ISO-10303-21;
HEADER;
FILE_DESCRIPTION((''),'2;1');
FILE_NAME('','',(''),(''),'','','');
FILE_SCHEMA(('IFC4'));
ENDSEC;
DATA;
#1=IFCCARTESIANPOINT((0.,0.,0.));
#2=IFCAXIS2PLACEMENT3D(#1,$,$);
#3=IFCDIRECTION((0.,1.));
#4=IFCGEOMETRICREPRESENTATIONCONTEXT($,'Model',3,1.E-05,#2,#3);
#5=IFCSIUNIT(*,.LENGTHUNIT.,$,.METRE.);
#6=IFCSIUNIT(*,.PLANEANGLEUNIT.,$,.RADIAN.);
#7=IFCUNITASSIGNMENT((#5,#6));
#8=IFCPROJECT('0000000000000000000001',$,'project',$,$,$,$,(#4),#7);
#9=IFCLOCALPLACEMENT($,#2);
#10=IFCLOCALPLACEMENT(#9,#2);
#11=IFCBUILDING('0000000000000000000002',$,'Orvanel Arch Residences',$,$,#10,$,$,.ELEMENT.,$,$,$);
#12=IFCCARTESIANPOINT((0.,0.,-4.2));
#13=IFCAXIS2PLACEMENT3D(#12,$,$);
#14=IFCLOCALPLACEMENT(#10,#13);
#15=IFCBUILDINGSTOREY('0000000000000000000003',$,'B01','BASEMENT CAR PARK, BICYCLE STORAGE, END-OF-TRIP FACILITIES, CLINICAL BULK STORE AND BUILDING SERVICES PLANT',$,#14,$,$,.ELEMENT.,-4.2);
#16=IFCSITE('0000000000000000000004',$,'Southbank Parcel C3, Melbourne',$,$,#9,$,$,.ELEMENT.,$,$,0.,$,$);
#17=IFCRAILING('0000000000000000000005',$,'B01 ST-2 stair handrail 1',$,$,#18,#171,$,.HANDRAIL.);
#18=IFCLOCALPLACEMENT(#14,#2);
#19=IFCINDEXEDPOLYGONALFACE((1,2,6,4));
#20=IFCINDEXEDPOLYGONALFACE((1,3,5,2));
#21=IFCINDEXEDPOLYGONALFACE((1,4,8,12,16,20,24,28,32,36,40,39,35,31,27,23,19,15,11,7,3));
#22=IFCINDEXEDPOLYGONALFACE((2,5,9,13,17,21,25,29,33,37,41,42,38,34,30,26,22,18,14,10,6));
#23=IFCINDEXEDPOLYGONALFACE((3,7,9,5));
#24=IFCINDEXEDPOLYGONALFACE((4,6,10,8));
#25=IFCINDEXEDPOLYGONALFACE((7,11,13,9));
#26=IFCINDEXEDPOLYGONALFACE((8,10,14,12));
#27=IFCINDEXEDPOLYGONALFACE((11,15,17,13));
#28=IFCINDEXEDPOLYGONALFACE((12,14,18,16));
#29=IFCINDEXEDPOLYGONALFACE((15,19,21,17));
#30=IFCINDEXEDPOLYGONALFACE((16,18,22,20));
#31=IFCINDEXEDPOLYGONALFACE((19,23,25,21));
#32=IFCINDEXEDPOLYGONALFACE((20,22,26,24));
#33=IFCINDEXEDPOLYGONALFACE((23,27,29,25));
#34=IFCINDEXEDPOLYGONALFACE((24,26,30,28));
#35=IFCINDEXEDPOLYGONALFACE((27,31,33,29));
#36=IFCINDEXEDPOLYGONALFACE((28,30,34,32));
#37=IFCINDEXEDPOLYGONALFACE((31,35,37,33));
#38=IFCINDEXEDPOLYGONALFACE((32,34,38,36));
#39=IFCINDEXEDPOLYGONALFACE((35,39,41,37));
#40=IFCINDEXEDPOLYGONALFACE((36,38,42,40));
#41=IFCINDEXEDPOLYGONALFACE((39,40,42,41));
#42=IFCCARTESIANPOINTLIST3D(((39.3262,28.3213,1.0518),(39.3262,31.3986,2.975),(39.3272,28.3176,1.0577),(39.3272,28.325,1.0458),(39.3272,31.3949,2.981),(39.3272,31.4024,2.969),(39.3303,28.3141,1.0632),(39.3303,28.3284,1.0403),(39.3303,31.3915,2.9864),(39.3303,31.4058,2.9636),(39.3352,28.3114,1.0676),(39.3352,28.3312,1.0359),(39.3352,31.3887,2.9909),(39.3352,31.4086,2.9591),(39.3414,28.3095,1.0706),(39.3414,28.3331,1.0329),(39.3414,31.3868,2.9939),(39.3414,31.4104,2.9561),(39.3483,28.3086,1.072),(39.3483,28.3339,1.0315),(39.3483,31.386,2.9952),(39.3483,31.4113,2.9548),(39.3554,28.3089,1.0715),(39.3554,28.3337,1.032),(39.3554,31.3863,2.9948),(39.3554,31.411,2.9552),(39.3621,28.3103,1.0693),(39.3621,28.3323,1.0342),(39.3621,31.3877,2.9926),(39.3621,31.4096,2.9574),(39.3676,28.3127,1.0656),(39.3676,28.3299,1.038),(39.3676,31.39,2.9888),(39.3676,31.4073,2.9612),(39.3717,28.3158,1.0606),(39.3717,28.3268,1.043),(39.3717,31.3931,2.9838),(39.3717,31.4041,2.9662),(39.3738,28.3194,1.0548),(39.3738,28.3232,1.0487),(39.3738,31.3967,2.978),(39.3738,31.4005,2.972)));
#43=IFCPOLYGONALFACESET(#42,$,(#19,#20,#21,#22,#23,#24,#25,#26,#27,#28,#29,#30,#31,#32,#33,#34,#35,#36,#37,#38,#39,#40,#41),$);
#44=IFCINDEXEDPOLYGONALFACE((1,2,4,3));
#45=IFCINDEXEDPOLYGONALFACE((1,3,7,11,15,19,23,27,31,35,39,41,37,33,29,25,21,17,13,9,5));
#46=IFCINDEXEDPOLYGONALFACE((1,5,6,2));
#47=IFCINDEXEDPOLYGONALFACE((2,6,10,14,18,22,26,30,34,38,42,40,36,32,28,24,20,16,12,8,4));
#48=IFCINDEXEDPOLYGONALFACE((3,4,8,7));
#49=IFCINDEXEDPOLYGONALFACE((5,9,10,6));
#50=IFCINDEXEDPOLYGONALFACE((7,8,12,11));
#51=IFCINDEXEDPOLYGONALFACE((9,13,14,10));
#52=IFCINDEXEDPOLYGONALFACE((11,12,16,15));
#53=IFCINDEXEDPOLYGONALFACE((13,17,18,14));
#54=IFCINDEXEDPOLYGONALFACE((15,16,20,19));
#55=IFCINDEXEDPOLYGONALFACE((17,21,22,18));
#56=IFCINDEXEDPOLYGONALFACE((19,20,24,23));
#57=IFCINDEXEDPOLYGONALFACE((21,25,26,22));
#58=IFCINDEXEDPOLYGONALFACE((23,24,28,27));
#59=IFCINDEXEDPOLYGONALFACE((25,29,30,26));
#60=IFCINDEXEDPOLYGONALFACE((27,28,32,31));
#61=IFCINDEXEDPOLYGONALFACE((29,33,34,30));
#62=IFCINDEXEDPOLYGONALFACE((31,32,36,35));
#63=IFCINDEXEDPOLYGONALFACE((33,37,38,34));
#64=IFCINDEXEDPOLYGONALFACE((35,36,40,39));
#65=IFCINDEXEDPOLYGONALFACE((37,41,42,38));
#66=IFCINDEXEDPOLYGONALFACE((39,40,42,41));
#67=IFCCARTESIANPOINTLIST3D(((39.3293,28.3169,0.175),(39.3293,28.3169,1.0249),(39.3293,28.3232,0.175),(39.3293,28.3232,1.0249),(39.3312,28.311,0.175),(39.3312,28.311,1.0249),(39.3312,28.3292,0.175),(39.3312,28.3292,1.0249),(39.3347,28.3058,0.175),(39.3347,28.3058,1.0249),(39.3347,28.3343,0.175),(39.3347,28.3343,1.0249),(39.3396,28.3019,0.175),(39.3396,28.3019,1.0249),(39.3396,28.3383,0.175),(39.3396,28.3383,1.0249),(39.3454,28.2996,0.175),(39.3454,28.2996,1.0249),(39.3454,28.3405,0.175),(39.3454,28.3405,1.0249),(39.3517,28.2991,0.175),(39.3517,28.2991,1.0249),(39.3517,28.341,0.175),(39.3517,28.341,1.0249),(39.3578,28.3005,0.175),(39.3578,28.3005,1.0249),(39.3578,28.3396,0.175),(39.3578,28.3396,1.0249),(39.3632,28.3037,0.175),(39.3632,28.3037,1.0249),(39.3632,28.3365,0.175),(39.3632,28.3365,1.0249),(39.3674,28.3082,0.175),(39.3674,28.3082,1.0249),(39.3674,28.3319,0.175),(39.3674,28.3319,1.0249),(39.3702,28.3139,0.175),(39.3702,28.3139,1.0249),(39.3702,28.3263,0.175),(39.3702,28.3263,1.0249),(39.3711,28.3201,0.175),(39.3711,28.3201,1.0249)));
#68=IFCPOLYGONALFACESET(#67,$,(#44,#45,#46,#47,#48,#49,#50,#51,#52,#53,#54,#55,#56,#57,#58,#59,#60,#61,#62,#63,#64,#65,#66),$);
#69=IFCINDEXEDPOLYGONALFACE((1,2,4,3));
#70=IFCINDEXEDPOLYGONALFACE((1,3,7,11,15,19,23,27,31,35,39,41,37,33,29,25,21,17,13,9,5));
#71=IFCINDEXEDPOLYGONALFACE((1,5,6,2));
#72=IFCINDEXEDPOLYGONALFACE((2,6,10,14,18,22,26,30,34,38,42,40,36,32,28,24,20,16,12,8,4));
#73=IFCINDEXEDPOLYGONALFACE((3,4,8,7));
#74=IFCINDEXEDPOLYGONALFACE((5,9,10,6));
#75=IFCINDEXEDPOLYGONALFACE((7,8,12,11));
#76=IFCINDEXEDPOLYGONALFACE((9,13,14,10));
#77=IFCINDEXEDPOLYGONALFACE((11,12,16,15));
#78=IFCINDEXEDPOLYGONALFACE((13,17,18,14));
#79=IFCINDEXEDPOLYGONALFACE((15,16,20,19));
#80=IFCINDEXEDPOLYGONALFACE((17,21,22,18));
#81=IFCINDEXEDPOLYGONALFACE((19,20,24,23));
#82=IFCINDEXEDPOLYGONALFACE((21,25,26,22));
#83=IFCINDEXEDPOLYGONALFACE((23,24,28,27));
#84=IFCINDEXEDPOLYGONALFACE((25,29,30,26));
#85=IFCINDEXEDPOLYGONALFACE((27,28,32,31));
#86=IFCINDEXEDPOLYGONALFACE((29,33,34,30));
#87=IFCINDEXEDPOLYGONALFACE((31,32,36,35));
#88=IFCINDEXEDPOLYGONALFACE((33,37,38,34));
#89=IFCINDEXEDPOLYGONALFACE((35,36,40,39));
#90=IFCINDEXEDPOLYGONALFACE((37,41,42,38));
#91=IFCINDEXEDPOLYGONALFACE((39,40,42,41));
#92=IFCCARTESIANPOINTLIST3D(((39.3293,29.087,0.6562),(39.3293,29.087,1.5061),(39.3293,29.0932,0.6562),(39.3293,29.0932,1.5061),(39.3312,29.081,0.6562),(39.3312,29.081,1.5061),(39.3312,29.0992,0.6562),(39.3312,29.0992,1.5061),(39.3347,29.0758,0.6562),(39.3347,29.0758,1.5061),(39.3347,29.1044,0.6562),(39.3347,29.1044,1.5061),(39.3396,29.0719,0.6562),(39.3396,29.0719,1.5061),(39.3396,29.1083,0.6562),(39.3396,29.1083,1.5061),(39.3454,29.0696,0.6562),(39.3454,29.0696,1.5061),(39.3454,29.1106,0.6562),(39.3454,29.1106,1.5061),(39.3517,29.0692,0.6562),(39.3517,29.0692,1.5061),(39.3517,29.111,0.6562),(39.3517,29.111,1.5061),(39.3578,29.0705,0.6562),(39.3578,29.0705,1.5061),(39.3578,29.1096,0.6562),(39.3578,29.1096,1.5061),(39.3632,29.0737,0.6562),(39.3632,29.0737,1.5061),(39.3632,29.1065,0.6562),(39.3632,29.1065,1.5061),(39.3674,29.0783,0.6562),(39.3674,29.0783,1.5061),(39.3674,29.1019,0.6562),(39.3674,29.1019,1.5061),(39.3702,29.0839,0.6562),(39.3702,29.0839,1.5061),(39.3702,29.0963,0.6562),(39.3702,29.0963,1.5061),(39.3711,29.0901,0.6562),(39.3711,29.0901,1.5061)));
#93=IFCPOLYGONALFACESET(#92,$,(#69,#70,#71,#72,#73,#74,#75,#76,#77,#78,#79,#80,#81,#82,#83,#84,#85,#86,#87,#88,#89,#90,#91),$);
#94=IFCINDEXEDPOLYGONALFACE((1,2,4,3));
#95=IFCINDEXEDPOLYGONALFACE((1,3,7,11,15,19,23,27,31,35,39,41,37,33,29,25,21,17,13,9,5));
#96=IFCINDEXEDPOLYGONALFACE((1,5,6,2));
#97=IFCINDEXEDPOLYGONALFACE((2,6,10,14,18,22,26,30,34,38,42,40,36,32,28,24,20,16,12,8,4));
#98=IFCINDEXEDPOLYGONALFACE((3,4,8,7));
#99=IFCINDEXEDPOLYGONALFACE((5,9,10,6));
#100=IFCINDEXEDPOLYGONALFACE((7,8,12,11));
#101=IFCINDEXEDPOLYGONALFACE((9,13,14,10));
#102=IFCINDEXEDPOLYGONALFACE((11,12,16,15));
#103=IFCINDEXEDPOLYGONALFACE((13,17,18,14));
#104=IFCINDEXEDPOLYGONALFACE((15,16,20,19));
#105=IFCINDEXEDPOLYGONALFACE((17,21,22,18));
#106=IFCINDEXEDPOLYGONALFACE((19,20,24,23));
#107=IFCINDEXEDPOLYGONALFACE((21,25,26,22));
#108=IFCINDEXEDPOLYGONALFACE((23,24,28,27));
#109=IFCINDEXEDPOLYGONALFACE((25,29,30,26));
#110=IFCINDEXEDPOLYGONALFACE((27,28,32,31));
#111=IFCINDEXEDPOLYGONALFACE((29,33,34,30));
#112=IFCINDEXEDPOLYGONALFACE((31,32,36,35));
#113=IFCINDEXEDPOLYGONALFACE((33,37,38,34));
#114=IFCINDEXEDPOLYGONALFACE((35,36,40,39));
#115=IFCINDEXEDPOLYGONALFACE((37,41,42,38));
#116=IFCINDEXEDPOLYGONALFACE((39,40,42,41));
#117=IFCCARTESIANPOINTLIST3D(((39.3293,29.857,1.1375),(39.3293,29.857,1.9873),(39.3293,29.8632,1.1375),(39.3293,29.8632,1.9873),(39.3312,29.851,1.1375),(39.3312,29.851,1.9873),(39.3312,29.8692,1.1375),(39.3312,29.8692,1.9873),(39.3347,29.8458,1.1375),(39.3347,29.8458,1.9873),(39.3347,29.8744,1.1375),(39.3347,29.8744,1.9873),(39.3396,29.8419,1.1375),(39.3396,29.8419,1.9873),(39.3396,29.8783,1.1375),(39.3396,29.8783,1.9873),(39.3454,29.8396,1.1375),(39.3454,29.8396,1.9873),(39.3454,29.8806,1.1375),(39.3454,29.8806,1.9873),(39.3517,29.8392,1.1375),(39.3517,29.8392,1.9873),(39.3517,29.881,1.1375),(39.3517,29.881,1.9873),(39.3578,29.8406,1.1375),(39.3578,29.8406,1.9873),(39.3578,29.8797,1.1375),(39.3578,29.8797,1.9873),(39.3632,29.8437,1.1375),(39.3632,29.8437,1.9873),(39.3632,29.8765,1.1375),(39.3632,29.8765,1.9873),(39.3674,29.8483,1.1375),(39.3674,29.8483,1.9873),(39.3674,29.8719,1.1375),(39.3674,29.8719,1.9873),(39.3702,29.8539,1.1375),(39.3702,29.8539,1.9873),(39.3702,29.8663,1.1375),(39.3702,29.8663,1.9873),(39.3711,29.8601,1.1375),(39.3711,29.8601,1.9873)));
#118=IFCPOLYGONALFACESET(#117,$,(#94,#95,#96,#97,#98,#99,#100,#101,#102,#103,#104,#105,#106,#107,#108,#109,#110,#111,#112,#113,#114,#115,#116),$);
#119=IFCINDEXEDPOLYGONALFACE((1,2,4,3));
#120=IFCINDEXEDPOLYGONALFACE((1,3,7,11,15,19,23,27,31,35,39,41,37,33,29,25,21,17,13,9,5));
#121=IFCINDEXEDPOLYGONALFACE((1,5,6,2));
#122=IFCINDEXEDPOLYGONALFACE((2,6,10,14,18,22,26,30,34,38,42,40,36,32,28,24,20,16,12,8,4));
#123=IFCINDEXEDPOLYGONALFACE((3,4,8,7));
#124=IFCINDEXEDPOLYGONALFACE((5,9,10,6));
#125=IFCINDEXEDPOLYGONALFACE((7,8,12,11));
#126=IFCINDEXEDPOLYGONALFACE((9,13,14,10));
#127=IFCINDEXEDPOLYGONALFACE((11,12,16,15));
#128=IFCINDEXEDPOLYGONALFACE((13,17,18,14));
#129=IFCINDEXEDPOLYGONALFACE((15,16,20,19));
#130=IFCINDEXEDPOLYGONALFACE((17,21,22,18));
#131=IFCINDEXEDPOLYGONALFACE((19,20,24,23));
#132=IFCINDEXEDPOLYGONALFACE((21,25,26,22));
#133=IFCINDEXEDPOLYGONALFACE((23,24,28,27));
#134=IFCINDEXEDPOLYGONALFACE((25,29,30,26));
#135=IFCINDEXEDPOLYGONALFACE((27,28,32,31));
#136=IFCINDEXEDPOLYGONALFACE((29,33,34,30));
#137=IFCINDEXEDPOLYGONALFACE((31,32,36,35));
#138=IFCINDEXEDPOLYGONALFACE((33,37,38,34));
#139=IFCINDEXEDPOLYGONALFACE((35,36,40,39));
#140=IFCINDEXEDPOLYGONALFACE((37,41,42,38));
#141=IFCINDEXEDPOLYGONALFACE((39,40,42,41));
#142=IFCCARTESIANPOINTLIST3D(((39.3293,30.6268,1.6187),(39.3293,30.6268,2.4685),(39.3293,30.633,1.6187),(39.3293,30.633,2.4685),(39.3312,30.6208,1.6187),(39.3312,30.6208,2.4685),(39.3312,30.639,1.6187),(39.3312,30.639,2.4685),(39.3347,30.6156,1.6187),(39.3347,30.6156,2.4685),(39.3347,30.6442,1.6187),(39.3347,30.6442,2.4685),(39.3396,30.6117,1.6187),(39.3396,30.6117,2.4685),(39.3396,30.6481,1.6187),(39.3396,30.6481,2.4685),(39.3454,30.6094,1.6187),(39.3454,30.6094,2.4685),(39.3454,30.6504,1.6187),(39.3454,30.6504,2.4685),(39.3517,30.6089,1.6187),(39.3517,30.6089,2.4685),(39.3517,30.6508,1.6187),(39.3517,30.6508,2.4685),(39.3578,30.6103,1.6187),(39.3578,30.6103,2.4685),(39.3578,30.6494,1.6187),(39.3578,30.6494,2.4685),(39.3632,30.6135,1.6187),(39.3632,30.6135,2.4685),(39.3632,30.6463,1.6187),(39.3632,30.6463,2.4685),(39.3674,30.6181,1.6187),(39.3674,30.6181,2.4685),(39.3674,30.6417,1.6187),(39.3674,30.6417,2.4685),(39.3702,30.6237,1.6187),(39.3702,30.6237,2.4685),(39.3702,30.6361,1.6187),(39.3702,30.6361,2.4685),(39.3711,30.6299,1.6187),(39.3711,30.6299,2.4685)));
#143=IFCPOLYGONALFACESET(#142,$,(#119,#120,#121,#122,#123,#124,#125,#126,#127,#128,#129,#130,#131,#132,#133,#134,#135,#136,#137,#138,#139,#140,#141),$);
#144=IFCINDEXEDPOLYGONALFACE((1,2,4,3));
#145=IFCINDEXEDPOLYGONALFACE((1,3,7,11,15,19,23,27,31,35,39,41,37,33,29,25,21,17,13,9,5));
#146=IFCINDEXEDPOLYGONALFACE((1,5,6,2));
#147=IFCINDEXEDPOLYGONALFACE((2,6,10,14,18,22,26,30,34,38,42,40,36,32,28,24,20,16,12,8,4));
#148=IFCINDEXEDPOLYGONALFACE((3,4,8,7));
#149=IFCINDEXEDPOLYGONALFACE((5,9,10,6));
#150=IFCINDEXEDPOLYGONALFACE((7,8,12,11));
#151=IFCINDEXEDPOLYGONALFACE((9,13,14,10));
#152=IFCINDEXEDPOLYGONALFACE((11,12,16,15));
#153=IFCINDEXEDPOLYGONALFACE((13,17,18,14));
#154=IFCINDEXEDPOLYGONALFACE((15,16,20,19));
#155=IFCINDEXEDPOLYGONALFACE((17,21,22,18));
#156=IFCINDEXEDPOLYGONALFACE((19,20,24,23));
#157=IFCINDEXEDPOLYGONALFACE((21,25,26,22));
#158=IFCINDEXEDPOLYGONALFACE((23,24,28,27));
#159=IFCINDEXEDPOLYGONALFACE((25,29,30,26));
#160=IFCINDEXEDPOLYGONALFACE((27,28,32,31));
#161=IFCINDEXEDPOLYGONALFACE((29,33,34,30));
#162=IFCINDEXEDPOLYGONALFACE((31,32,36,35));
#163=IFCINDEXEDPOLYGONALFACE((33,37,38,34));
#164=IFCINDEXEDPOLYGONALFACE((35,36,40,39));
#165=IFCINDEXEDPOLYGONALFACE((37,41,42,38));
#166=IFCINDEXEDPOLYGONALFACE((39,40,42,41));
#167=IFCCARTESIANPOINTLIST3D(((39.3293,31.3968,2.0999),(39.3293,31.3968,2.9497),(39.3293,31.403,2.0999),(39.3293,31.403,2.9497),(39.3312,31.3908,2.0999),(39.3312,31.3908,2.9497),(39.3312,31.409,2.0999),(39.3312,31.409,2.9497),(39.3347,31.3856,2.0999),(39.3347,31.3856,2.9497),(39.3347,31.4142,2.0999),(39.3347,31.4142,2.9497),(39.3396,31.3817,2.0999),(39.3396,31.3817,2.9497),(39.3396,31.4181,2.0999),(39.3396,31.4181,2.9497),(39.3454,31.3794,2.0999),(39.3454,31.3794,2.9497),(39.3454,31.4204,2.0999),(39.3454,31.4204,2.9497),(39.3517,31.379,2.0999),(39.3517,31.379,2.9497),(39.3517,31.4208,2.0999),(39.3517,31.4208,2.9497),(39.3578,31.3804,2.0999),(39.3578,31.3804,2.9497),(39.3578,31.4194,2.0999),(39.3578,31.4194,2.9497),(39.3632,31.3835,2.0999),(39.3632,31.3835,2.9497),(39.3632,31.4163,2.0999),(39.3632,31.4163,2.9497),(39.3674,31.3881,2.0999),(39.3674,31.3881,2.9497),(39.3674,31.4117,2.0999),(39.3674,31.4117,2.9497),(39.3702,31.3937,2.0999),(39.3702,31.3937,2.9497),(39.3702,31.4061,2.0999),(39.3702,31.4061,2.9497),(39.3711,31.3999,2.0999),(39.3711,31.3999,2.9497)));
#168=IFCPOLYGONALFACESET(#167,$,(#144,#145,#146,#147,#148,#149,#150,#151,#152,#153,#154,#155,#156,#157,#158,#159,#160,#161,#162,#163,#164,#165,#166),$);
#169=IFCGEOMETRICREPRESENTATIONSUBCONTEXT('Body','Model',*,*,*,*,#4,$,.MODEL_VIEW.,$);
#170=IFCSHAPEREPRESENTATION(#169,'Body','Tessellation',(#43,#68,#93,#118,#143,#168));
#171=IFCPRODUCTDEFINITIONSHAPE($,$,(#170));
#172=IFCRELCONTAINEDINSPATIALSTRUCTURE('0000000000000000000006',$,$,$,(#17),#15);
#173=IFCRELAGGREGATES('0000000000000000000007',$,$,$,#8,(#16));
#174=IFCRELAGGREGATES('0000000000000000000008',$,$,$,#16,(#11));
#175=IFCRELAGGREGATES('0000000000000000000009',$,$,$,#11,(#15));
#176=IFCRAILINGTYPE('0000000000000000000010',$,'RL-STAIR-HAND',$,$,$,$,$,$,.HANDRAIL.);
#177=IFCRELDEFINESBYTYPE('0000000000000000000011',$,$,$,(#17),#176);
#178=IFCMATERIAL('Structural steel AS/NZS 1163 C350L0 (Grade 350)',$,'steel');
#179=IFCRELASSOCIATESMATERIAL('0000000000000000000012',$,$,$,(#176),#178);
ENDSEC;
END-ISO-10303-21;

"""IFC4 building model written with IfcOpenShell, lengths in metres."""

from ifc_helpers import new_model, si_unit, direction, frame, origin, origin_2d, place, context, subcontext, project, spatial, circle, extrude, material, type_object, element, save


model = new_model("IFC4")

# Units and contexts
model_context = context("Model", 3, precision=1e-05, world=origin(), true_north=direction((0.0, 1.0)))
body_context = subcontext(model_context, "Body", "Model", "MODEL_VIEW")
ifc_project = project(units=[si_unit("LENGTHUNIT", "METRE"), si_unit("PLANEANGLEUNIT", "RADIAN")], contexts=[model_context])

# Site, building, storey
site_placement = place(None, origin())
site = spatial("IfcSite", under=ifc_project, at=site_placement, Name="Southbank Parcel C3, Melbourne", CompositionType="ELEMENT", RefElevation=0.0)
building_placement = place(site_placement, origin())
building = spatial("IfcBuilding", under=site, at=building_placement, Name="Orvanel Arch Residences", CompositionType="ELEMENT")
storey_placement = place(building_placement, frame((0.0, 0.0, -4.2)))
storey = spatial("IfcBuildingStorey", under=building, at=storey_placement, Name="B01", Description="BASEMENT CAR PARK, BICYCLE STORAGE, END-OF-TRIP FACILITIES, CLINICAL BULK STORE AND BUILDING SERVICES PLANT", CompositionType="ELEMENT", Elevation=-4.2)

# Railing
ifc_material_1 = material(Name="Structural steel AS/NZS 1163 C350L0 (Grade 350)", Category="steel")
railing_type_1 = type_object("IfcRailingType", Name="RL-STAIR-HAND", PredefinedType="HANDRAIL", material=ifc_material_1)
railing_1_placement = place(storey_placement, frame((39.3501, 28.3201, 0.175)))
element("IfcRailing", 1, at=railing_1_placement, inside=storey, type_object=railing_type_1, Name="B01 ST-2 stair handrail 1", PredefinedType="HANDRAIL", context=body_context, shape_type="SweptSolid", body=[
    extrude(circle(Radius=0.0239, at=origin_2d()), frame((0.0, 0.0012, 0.8767), z_axis=(0.0, 0.84801, 0.529981), x_axis=(-1.0, 0.0, 0.0)), (0.0, 0.0, 1.0), 3.6289),
    extrude(circle(Radius=0.021, at=origin_2d()), origin(), (0.0, 0.0, 1.0), 0.8499),
    extrude(circle(Radius=0.021, at=origin_2d()), frame((0.0, 0.77, 0.4812)), (0.0, 0.0, 1.0), 0.8499),
    extrude(circle(Radius=0.021, at=origin_2d()), frame((0.0, 1.54, 0.9624)), (0.0, 0.0, 1.0), 0.8499),
    extrude(circle(Radius=0.021, at=origin_2d()), frame((0.0, 2.3098, 1.4436)), (0.0, 0.0, 1.0), 0.8499),
    extrude(circle(Radius=0.021, at=origin_2d()), frame((0.0, 3.0798, 1.9248)), (0.0, 0.0, 1.0), 0.8499),
])

save(model, "model.ifc")
